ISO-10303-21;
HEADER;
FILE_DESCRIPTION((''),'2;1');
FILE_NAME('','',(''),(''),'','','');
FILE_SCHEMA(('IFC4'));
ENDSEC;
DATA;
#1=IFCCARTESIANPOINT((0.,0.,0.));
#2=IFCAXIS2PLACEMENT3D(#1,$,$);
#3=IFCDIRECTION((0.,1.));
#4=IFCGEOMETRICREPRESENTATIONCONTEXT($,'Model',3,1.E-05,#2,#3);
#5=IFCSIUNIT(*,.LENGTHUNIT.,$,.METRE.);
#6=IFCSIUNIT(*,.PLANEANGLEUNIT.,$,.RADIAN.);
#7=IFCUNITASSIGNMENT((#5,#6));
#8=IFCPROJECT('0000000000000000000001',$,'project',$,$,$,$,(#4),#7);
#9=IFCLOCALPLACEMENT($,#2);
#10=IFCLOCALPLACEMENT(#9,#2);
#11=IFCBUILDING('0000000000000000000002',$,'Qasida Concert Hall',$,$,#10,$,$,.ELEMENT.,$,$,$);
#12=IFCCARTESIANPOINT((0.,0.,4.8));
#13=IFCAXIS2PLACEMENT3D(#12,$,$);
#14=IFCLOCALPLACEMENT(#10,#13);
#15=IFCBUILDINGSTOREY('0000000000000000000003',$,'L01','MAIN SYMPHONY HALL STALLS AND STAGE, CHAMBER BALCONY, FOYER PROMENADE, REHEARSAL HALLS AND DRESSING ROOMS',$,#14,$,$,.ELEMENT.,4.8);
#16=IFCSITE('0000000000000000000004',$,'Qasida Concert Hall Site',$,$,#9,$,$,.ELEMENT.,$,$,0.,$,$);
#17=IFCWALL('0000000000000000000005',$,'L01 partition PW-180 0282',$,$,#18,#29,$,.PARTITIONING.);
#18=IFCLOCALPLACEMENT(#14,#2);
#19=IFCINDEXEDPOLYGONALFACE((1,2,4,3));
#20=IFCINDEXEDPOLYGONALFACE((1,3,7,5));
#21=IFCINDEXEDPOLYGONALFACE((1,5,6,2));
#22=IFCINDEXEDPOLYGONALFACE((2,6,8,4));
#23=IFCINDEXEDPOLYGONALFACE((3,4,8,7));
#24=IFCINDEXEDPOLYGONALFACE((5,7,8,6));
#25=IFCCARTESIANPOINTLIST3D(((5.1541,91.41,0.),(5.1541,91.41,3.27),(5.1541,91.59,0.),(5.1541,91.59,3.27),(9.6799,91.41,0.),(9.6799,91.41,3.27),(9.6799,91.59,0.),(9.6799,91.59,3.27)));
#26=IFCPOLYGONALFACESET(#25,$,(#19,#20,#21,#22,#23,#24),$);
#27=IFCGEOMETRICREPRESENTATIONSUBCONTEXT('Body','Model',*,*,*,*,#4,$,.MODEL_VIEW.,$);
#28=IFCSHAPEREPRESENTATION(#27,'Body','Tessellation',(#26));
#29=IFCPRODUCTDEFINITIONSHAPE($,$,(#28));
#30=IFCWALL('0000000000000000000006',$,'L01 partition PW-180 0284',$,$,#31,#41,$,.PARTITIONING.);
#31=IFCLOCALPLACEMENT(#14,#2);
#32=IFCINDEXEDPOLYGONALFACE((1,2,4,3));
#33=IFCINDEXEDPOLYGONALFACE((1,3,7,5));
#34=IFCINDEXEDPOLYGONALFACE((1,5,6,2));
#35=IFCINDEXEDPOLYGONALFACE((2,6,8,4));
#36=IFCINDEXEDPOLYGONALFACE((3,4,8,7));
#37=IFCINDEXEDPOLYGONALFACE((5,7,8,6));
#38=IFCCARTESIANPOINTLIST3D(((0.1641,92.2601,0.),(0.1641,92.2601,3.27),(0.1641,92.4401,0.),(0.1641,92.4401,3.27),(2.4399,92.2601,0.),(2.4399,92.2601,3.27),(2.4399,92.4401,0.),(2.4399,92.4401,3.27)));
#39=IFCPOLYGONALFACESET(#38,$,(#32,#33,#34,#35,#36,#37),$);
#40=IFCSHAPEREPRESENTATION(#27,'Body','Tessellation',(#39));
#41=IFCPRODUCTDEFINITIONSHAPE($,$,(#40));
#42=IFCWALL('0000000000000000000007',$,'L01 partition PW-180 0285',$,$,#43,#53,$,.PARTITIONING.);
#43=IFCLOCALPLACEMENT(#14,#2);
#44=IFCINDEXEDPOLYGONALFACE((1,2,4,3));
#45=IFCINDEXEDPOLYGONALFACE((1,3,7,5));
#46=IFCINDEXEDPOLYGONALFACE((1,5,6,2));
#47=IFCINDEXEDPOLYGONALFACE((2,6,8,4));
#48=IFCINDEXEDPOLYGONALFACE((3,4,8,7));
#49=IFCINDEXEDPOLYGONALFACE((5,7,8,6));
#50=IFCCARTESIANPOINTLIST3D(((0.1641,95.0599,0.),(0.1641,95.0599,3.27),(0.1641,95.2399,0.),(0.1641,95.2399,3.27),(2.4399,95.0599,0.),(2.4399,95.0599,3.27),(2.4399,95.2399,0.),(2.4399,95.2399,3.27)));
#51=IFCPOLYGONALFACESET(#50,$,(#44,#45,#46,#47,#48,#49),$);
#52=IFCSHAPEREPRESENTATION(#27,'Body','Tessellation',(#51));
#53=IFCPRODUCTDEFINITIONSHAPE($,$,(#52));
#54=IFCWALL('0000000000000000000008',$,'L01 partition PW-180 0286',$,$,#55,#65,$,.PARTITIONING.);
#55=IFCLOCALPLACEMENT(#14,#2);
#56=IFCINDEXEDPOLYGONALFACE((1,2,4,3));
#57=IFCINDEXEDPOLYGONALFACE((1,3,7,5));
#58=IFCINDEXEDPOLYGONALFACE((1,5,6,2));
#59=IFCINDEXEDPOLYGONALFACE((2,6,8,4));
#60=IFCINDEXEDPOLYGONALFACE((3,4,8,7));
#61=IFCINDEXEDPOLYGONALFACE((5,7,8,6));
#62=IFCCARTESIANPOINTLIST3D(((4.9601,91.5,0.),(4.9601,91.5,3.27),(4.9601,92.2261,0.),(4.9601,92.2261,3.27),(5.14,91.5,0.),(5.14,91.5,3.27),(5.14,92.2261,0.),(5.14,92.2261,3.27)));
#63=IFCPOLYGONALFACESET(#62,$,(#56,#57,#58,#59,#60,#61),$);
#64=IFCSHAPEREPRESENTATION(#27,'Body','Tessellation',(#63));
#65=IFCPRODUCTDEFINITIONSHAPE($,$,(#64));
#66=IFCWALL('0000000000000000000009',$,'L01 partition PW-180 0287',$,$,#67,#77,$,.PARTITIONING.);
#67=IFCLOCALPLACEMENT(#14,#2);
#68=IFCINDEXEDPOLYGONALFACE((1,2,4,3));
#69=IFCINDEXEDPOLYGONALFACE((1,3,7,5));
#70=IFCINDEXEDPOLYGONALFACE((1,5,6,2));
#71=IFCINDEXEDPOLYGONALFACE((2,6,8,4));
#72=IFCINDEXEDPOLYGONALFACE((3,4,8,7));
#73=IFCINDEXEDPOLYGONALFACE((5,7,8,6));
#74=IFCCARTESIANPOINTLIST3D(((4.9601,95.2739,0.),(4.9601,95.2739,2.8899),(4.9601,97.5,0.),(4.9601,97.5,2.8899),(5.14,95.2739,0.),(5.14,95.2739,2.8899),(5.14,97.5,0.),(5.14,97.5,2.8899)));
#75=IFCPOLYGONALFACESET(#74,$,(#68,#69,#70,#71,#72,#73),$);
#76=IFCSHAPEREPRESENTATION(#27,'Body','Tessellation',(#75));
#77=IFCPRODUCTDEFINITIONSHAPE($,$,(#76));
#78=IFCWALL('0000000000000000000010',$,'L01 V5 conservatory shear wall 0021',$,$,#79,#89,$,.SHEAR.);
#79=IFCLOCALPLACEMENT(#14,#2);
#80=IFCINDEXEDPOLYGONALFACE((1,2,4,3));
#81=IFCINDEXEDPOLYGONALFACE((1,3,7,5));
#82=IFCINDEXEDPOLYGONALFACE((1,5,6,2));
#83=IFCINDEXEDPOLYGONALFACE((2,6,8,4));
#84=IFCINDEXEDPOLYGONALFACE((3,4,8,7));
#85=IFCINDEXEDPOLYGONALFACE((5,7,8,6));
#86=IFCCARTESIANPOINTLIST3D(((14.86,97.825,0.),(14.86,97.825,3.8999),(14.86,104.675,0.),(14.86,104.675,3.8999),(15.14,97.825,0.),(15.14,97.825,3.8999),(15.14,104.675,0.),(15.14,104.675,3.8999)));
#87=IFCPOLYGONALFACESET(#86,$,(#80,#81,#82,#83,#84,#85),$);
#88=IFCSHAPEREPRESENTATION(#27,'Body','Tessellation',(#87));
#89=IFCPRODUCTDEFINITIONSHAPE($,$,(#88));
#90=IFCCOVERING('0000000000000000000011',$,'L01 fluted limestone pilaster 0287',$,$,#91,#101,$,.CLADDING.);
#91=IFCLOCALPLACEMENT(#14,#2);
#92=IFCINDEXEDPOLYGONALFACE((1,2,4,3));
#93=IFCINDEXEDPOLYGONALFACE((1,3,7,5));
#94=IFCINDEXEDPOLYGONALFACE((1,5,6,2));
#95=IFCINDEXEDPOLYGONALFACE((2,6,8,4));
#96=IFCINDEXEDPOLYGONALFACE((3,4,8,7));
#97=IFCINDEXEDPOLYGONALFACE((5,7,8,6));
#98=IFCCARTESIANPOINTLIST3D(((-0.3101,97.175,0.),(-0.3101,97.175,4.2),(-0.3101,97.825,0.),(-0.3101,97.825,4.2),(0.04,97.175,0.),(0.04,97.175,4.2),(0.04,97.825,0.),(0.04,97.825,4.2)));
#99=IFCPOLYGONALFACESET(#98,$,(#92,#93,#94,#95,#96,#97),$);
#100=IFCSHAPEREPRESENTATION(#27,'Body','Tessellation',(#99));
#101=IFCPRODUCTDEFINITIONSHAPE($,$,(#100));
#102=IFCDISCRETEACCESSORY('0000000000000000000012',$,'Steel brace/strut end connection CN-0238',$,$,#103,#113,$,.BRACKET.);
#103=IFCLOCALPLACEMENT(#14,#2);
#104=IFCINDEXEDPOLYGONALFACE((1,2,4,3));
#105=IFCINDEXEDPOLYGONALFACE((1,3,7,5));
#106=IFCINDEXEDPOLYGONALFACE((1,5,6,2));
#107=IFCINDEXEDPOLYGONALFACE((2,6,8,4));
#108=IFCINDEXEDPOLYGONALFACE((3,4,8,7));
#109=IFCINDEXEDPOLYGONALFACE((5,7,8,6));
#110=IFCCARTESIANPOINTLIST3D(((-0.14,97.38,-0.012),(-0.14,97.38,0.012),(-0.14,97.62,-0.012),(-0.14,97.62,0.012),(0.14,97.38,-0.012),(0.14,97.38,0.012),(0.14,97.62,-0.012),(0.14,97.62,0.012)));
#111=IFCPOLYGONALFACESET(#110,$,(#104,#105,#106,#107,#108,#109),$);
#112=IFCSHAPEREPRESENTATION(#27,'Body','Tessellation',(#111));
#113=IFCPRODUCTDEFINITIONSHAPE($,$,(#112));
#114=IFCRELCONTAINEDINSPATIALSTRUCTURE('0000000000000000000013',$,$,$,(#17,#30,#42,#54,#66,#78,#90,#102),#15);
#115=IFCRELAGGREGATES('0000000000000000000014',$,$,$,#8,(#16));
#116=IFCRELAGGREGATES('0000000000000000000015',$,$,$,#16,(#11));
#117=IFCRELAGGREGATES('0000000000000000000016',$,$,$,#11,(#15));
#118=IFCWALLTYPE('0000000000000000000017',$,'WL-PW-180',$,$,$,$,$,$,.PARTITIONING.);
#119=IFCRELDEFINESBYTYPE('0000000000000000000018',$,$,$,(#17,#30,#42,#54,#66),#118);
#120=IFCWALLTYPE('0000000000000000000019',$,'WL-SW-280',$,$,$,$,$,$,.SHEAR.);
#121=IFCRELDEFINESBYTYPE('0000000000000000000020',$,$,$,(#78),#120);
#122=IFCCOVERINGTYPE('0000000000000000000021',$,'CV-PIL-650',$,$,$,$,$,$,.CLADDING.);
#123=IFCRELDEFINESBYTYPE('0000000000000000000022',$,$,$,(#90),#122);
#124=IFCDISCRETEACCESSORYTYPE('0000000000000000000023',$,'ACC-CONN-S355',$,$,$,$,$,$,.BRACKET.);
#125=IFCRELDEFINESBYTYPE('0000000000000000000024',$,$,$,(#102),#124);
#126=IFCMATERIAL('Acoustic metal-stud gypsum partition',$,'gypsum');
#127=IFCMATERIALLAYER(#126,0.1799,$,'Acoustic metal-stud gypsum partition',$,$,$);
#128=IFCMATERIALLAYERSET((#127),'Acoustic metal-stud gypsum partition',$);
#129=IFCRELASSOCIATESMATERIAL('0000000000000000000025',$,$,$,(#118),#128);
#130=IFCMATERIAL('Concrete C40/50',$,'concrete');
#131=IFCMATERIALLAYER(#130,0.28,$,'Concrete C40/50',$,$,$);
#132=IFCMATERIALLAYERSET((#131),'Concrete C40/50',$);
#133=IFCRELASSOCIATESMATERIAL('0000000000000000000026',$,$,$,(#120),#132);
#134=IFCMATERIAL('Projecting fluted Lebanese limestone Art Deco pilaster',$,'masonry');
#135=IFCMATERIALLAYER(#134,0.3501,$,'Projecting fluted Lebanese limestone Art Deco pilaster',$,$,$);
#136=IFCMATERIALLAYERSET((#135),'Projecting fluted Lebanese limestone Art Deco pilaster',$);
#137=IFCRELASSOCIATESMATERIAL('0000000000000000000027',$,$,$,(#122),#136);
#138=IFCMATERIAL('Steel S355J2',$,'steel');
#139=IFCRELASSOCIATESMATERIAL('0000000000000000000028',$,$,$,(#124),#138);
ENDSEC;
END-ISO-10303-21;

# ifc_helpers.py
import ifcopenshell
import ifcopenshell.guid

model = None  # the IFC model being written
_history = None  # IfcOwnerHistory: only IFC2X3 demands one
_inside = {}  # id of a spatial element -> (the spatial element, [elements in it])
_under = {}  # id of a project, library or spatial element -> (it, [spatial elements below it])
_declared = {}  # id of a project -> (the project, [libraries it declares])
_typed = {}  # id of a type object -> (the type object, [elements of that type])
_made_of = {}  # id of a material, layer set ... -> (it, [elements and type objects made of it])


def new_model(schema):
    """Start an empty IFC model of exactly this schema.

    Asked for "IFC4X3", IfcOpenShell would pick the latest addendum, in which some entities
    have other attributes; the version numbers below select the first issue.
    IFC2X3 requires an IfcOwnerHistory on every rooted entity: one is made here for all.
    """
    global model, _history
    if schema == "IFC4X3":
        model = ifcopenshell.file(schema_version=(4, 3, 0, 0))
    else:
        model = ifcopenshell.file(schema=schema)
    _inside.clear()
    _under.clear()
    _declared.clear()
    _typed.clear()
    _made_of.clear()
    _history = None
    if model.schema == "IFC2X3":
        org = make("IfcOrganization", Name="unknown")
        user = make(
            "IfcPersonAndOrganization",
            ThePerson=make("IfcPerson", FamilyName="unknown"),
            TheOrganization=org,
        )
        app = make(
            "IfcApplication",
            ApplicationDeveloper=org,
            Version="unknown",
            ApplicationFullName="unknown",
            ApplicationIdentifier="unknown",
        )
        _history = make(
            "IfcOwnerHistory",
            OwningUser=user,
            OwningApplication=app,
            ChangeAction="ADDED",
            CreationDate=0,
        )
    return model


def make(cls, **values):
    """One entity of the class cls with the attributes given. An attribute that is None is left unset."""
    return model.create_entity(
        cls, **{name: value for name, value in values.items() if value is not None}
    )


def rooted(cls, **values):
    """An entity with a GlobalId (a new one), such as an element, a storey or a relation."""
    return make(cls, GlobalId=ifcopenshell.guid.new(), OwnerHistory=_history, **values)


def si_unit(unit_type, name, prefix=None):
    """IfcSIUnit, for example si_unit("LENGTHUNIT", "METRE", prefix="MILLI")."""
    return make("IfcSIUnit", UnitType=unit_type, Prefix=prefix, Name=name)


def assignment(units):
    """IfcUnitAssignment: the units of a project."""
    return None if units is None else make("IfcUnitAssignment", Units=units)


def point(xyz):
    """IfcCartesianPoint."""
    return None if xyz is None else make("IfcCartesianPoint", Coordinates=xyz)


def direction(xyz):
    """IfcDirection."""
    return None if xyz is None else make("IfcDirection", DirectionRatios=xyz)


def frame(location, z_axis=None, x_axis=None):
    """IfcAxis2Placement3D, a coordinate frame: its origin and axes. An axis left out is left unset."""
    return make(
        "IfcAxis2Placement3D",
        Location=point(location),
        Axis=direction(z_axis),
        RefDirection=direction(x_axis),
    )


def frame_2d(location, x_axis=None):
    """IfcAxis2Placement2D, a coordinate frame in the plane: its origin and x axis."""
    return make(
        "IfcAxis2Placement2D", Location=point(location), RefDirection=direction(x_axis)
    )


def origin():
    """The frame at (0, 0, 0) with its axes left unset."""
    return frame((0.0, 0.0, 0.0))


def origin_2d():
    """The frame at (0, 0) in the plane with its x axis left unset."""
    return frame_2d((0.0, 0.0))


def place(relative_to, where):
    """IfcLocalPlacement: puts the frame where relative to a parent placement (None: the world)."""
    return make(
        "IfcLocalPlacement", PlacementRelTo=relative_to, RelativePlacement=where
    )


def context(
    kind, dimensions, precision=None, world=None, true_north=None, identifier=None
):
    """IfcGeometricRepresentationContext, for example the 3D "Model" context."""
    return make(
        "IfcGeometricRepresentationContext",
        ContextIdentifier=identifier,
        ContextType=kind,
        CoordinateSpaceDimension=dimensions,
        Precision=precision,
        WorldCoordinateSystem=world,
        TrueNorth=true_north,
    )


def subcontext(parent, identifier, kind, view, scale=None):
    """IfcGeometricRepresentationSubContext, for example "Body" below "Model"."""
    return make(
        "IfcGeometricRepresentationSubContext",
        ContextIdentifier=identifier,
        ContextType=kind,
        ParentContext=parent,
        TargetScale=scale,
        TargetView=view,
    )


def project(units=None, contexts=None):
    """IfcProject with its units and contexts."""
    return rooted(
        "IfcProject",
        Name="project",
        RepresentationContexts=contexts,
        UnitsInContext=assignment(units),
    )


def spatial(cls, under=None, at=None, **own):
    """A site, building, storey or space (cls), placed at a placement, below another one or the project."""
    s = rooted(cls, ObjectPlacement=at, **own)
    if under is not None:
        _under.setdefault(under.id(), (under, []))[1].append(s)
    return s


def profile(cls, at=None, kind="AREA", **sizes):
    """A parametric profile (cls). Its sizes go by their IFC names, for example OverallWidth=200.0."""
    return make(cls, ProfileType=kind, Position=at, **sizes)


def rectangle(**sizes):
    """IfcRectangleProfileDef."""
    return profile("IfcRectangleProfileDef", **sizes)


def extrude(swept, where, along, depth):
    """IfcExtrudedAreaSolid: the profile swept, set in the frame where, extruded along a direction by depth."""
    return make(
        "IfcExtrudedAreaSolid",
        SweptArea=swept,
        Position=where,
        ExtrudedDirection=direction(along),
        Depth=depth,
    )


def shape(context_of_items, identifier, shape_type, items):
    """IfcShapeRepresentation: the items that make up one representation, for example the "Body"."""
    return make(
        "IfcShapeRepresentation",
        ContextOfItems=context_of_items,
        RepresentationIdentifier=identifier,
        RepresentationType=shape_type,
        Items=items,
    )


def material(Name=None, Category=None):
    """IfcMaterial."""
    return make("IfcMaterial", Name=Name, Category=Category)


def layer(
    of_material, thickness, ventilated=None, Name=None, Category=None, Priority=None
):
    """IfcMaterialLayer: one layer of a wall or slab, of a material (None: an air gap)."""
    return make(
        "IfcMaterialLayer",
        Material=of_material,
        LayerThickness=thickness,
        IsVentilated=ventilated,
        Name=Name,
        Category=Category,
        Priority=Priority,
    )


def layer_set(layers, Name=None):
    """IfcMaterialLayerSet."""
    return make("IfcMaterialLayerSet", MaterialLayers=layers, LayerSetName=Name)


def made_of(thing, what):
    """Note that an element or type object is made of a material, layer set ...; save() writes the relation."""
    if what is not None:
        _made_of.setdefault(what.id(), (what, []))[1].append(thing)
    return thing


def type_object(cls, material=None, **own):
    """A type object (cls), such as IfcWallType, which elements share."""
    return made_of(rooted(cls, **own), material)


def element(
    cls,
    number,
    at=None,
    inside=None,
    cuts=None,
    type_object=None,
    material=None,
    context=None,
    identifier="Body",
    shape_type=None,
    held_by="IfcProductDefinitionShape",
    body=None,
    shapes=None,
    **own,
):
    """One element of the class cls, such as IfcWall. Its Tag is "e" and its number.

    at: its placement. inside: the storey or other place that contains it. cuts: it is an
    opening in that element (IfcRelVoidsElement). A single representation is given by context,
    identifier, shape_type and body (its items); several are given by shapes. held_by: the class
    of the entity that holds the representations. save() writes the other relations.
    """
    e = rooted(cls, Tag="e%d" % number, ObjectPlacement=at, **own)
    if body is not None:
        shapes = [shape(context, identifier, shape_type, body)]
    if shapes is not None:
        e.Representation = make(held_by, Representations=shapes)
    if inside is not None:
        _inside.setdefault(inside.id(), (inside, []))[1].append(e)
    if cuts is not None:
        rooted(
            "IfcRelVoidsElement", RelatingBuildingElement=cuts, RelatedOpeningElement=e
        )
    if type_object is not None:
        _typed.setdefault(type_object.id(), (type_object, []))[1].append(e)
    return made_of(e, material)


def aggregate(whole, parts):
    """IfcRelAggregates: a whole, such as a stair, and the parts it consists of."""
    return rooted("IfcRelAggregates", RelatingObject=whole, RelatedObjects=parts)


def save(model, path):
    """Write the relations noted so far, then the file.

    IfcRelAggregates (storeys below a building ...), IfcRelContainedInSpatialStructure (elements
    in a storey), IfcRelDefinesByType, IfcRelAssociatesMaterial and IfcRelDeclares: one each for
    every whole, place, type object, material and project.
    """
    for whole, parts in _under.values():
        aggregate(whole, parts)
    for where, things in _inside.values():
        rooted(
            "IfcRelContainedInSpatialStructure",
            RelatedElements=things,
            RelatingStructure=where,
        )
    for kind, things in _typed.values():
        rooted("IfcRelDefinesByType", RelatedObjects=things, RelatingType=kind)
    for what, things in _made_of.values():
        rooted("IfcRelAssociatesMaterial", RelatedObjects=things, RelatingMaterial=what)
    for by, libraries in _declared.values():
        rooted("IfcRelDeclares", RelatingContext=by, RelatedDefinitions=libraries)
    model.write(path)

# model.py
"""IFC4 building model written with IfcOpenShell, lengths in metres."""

from ifc_helpers import new_model, si_unit, direction, frame, frame_2d, origin, origin_2d, place, context, subcontext, project, spatial, rectangle, extrude, material, layer, layer_set, type_object, element, save


model = new_model("IFC4")

# Units and contexts
model_context = context("Model", 3, precision=1e-05, world=origin(), true_north=direction((0.0, 1.0)))
body_context = subcontext(model_context, "Body", "Model", "MODEL_VIEW")
ifc_project = project(units=[si_unit("LENGTHUNIT", "METRE"), si_unit("PLANEANGLEUNIT", "RADIAN")], contexts=[model_context])

# Site, building, storey
site_placement = place(None, origin())
site = spatial("IfcSite", under=ifc_project, at=site_placement, Name="Qasida Concert Hall Site", CompositionType="ELEMENT", RefElevation=0.0)
building_placement = place(site_placement, origin())
building = spatial("IfcBuilding", under=site, at=building_placement, Name="Qasida Concert Hall", CompositionType="ELEMENT")
storey_placement = place(building_placement, frame((0.0, 0.0, 4.8)))
storey = spatial("IfcBuildingStorey", under=building, at=storey_placement, Name="L01", Description="MAIN SYMPHONY HALL STALLS AND STAGE, CHAMBER BALCONY, FOYER PROMENADE, REHEARSAL HALLS AND DRESSING ROOMS", CompositionType="ELEMENT", Elevation=4.8)

# Shared definitions
ifc_material_1 = material(Name="Steel S355J2", Category="steel")
ifc_material_2 = material(Name="Concrete C40/50", Category="concrete")

# Walls
ifc_material_3 = material(Name="Acoustic metal-stud gypsum partition", Category="gypsum")
ifc_layer_1 = layer(ifc_material_3, 0.1799, Name="Acoustic metal-stud gypsum partition")
ifc_layer_set_1 = layer_set([ifc_layer_1], Name="Acoustic metal-stud gypsum partition")
wall_type_1 = type_object("IfcWallType", Name="WL-PW-180", PredefinedType="PARTITIONING", material=ifc_layer_set_1)
wall_1_placement = place(storey_placement, frame((5.1541, 91.5, 0.0), z_axis=(0.0, 0.0, 1.0), x_axis=(1.0, 0.0, 0.0)))
element("IfcWall", 1, at=wall_1_placement, inside=storey, type_object=wall_type_1, Name="L01 partition PW-180 0282", PredefinedType="PARTITIONING", context=body_context, shape_type="SweptSolid", body=[
    extrude(rectangle(XDim=4.5259, YDim=0.1799, at=frame_2d((2.2629, 0.0))), origin(), (0.0, 0.0, 1.0), 3.27),
])
for number, where, z_axis, x_axis, name in (
    (2, (0.1641, 92.3501, 0.0), (0.0, 0.0, 1.0), (1.0, 0.0, 0.0), "L01 partition PW-180 0284"),
    (3, (0.1641, 95.1499, 0.0), (0.0, 0.0, 1.0), (1.0, 0.0, 0.0), "L01 partition PW-180 0285"),
):
    element("IfcWall", number, at=place(storey_placement, frame(where, z_axis=z_axis, x_axis=x_axis)), inside=storey, type_object=wall_type_1, Name=name, PredefinedType="PARTITIONING", context=body_context, shape_type="SweptSolid", body=[
        extrude(rectangle(XDim=2.2759, YDim=0.1799, at=frame_2d((1.1379, 0.0))), origin(), (0.0, 0.0, 1.0), 3.27),
    ])
wall_2_placement = place(storey_placement, frame((5.05, 91.5, 0.0), z_axis=(0.0, 0.0, 1.0), x_axis=(0.0, 1.0, 0.0)))
element("IfcWall", 4, at=wall_2_placement, inside=storey, type_object=wall_type_1, Name="L01 partition PW-180 0286", PredefinedType="PARTITIONING", context=body_context, shape_type="SweptSolid", body=[
    extrude(rectangle(XDim=0.7261, YDim=0.1799, at=frame_2d((0.363, 0.0))), origin(), (0.0, 0.0, 1.0), 3.27),
])
wall_3_placement = place(storey_placement, frame((5.05, 95.2739, 0.0), z_axis=(0.0, 0.0, 1.0), x_axis=(0.0, 1.0, 0.0)))
element("IfcWall", 5, at=wall_3_placement, inside=storey, type_object=wall_type_1, Name="L01 partition PW-180 0287", PredefinedType="PARTITIONING", context=body_context, shape_type="SweptSolid", body=[
    extrude(rectangle(XDim=2.2261, YDim=0.1799, at=frame_2d((1.113, 0.0))), origin(), (0.0, 0.0, 1.0), 2.8899),
])
ifc_layer_2 = layer(ifc_material_2, 0.28, Name="Concrete C40/50")
ifc_layer_set_2 = layer_set([ifc_layer_2], Name="Concrete C40/50")
wall_type_2 = type_object("IfcWallType", Name="WL-SW-280", PredefinedType="SHEAR", material=ifc_layer_set_2)
wall_4_placement = place(storey_placement, frame((15.0, 97.825, 0.0), z_axis=(0.0, 0.0, 1.0), x_axis=(0.0, 1.0, 0.0)))
element("IfcWall", 6, at=wall_4_placement, inside=storey, type_object=wall_type_2, Name="L01 V5 conservatory shear wall 0021", PredefinedType="SHEAR", context=body_context, shape_type="SweptSolid", body=[
    extrude(rectangle(XDim=6.8501, YDim=0.28, at=frame_2d((3.425, 0.0))), origin(), (0.0, 0.0, 1.0), 3.8999),
])

# Covering
ifc_material_4 = material(Name="Projecting fluted Lebanese limestone Art Deco pilaster", Category="masonry")
ifc_layer_3 = layer(ifc_material_4, 0.3501, Name="Projecting fluted Lebanese limestone Art Deco pilaster")
ifc_layer_set_3 = layer_set([ifc_layer_3], Name="Projecting fluted Lebanese limestone Art Deco pilaster")
covering_type = type_object("IfcCoveringType", Name="CV-PIL-650", PredefinedType="CLADDING", material=ifc_layer_set_3)
covering_placement = place(storey_placement, frame((-0.135, 97.5, 0.0), z_axis=(0.0, 0.0, 1.0), x_axis=(1.0, 0.0, 0.0)))
element("IfcCovering", 7, at=covering_placement, inside=storey, type_object=covering_type, Name="L01 fluted limestone pilaster 0287", PredefinedType="CLADDING", context=body_context, shape_type="SweptSolid", body=[
    extrude(rectangle(XDim=0.3501, YDim=0.6499, at=origin_2d()), origin(), (0.0, 0.0, 1.0), 4.2),
])

# Discrete accessory
discrete_accessory_type = type_object("IfcDiscreteAccessoryType", Name="ACC-CONN-S355", PredefinedType="BRACKET", material=ifc_material_1)
discrete_accessory_placement = place(storey_placement, frame((0.0, 97.5, -0.012), z_axis=(0.0, 0.0, 1.0), x_axis=(1.0, 0.0, 0.0)))
element("IfcDiscreteAccessory", 8, at=discrete_accessory_placement, inside=storey, type_object=discrete_accessory_type, Name="Steel brace/strut end connection CN-0238", PredefinedType="BRACKET", context=body_context, shape_type="SweptSolid", body=[
    extrude(rectangle(XDim=0.28, YDim=0.24, at=origin_2d()), origin(), (0.0, 0.0, 1.0), 0.0239),
])

save(model, "model.ifc")
